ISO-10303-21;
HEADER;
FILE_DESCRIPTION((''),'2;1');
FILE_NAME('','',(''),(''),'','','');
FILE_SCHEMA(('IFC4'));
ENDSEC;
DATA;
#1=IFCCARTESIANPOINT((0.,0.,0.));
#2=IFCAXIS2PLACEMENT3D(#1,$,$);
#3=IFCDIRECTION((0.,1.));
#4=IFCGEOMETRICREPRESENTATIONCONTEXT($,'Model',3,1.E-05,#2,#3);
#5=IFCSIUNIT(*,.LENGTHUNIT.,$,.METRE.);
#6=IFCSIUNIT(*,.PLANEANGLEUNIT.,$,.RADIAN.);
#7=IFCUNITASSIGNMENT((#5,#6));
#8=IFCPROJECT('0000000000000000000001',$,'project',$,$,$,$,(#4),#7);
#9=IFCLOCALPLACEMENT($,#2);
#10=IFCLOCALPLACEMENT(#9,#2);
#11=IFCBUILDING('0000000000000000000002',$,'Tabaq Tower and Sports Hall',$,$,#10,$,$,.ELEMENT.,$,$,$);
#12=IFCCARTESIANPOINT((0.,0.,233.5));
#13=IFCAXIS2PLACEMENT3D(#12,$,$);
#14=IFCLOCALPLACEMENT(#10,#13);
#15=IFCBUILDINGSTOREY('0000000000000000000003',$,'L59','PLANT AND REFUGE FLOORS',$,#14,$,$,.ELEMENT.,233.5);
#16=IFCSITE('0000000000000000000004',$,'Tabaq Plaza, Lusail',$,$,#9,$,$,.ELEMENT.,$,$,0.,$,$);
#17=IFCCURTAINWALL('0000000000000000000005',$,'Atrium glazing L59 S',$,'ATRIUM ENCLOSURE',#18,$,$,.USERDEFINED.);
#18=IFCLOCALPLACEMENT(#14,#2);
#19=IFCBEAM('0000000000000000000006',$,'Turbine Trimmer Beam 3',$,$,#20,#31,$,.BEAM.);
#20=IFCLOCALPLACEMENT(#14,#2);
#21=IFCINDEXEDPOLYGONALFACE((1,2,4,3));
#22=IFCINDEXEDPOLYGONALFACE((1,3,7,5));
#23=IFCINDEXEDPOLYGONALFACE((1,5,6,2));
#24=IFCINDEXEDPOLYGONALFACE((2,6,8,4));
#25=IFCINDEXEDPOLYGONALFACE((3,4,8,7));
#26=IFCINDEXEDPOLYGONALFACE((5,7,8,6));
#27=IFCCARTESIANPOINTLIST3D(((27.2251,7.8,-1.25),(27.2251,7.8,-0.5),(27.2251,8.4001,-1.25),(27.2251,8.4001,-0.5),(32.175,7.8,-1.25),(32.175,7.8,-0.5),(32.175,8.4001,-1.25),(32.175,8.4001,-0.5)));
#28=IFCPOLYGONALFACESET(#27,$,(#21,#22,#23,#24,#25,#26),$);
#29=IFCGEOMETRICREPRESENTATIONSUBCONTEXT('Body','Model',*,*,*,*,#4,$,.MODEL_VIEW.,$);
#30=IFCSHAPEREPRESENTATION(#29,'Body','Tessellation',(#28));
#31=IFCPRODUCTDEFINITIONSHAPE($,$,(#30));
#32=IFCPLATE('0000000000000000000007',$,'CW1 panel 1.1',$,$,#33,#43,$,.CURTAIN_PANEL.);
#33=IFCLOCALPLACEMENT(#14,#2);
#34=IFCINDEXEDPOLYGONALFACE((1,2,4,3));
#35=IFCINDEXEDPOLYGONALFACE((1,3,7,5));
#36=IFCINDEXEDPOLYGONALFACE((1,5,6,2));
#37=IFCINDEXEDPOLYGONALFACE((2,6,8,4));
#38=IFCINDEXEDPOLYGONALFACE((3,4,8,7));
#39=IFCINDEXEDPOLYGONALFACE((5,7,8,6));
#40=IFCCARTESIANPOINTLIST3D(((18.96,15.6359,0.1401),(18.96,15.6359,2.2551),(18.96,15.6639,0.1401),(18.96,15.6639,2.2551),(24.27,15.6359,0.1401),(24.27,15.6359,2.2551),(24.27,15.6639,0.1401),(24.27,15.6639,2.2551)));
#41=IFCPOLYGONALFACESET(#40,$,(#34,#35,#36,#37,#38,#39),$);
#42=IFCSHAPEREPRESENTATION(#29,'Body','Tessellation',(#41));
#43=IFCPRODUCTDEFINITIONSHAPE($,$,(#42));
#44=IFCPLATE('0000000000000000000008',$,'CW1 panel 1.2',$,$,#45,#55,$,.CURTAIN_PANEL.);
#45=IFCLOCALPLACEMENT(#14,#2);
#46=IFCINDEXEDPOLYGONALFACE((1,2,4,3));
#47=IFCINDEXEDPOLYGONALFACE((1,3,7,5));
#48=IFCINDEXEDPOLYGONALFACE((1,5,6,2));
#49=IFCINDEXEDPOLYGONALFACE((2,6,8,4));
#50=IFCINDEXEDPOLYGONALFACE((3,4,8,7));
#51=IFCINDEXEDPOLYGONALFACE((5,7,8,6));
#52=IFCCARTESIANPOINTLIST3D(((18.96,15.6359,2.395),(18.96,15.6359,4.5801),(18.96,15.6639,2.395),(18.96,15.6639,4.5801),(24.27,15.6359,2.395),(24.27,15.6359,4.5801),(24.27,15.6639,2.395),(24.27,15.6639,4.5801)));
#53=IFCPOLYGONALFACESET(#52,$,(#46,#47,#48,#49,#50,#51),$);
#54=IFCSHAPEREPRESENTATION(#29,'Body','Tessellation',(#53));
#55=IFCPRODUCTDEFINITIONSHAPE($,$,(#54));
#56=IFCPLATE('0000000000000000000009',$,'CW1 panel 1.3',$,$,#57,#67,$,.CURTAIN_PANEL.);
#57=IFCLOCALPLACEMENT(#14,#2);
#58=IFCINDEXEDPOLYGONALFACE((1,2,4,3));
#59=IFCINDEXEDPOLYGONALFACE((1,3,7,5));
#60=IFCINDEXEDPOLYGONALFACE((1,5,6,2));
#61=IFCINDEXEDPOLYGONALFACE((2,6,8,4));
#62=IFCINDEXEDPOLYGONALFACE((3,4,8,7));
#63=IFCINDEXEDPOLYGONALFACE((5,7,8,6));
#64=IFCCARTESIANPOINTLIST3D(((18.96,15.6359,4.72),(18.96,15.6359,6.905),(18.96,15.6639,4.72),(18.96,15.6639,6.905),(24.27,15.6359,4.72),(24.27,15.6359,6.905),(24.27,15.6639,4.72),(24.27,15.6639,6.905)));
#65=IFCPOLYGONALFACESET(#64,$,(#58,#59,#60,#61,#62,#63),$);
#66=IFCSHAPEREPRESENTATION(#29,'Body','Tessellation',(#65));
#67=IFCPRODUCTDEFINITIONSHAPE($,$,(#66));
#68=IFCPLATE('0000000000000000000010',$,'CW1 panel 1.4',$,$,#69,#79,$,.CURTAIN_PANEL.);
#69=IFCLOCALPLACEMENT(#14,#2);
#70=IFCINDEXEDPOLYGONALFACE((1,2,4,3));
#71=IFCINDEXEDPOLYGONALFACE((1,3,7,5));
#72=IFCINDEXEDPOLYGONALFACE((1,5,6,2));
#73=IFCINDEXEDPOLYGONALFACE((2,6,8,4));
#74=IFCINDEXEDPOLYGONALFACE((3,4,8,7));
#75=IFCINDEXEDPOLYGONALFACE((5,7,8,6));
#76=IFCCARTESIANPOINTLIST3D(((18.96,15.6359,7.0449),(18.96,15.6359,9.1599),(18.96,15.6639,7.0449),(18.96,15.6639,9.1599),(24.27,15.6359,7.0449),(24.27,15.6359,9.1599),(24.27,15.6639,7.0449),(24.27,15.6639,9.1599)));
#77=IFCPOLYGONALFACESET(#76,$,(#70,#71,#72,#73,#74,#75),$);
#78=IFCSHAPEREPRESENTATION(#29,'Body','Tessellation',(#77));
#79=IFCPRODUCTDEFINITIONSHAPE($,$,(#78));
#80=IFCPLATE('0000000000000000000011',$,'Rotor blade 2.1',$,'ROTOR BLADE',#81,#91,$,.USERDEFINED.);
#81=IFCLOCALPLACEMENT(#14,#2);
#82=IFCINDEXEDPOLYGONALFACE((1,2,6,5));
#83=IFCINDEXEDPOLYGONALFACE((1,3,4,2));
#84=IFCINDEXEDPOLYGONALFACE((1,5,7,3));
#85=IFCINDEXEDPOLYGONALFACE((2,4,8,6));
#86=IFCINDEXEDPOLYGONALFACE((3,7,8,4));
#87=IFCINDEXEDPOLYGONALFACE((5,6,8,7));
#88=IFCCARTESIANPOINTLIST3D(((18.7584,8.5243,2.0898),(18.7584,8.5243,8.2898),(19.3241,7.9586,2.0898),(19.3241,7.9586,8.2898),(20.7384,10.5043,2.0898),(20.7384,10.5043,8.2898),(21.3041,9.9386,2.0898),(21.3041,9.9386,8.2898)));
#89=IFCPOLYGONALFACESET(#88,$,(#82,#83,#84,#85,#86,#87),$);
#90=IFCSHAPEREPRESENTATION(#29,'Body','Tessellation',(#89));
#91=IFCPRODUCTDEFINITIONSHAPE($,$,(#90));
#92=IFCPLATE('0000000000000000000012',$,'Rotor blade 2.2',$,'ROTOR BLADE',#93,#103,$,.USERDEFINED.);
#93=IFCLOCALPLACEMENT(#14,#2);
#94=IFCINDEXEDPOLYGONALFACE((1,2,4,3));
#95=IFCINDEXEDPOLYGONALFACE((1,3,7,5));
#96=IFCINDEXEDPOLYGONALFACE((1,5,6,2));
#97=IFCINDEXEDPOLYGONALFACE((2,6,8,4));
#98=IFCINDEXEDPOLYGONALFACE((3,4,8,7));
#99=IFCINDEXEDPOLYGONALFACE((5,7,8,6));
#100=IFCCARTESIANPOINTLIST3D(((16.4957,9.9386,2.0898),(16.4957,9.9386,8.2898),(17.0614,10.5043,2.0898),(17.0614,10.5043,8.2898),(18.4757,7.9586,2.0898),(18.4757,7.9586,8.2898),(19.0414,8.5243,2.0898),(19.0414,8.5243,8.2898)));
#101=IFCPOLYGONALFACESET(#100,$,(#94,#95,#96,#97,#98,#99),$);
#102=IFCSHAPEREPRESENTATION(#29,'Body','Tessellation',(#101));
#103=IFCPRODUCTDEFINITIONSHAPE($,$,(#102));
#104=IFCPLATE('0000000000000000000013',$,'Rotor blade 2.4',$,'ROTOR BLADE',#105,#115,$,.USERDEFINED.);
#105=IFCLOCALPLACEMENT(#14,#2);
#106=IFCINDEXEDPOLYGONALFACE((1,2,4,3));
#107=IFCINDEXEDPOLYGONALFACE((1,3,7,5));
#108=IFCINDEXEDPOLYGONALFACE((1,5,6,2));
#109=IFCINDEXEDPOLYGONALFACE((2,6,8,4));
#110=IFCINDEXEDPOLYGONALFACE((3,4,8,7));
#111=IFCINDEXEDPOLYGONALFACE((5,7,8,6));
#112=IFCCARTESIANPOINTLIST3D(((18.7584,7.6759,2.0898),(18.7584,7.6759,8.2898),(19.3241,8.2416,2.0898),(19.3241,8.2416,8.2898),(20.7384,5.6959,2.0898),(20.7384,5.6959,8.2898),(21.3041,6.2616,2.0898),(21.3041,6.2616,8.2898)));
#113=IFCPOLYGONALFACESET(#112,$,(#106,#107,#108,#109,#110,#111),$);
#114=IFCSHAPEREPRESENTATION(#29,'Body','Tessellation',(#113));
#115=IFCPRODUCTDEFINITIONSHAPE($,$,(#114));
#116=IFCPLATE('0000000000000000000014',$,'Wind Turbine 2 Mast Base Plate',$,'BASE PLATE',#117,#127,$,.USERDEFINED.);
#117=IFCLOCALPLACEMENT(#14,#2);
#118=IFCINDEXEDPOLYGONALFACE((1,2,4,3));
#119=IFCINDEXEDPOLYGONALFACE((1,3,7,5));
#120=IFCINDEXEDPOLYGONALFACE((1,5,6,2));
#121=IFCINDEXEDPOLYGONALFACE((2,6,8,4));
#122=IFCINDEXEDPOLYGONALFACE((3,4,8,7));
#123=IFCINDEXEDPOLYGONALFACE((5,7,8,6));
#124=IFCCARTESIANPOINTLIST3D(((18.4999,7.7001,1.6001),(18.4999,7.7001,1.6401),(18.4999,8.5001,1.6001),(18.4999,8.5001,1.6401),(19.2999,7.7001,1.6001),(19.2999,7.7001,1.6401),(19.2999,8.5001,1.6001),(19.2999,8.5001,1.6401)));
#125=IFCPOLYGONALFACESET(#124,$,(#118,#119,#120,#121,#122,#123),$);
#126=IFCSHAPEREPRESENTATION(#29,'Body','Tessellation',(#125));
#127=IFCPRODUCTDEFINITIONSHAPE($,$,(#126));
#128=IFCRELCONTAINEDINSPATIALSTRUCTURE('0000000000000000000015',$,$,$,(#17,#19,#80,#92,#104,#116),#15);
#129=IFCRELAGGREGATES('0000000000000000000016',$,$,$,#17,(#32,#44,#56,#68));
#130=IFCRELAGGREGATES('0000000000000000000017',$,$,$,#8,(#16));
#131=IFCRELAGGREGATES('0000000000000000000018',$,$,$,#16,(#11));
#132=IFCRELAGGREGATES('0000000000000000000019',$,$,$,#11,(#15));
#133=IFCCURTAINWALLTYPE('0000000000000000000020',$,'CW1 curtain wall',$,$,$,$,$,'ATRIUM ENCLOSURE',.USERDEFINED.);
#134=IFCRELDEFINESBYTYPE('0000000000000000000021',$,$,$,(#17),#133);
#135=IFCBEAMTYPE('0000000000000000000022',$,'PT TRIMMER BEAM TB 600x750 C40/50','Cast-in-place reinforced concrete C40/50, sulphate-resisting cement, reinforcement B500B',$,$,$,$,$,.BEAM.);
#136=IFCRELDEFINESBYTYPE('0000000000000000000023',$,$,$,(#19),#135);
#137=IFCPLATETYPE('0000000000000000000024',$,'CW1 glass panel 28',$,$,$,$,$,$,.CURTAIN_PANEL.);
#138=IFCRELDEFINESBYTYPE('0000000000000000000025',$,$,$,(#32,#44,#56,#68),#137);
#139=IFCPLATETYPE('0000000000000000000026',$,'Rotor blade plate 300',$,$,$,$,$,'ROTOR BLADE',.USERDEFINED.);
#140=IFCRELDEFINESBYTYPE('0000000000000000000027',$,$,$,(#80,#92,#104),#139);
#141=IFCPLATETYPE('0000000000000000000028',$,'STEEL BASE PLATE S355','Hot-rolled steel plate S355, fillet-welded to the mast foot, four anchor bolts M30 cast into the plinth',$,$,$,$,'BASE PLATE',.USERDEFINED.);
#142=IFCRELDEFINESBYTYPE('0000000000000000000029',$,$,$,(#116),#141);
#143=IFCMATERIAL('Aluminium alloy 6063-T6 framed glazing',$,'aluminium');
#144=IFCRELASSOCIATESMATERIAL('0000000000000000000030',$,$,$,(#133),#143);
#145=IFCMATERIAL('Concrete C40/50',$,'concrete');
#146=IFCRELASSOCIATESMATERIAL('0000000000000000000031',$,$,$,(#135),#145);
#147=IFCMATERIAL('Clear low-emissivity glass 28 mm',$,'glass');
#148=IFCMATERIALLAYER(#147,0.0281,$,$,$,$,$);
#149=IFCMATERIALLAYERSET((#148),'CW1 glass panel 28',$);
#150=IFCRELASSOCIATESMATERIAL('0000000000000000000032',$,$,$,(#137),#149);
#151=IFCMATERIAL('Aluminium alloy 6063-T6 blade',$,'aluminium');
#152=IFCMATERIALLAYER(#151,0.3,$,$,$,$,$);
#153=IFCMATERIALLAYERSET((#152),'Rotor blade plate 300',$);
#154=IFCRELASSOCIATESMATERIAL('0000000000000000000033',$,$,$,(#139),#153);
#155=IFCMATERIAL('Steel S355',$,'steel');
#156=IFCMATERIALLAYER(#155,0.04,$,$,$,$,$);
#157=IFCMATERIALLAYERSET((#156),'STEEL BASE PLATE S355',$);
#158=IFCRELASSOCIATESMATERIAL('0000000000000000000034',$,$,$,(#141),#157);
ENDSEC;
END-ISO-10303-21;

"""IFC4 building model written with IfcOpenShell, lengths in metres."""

from ifc_helpers import new_model, si_unit, direction, frame, origin, origin_2d, place, context, subcontext, project, spatial, rectangle, extrude, material, layer, layer_set, material_profile, profile_set, type_object, element, aggregate, save


model = new_model("IFC4")

# Units and contexts
model_context = context("Model", 3, precision=1e-05, world=origin(), true_north=direction((0.0, 1.0)))
body_context = subcontext(model_context, "Body", "Model", "MODEL_VIEW")
ifc_project = project(units=[si_unit("LENGTHUNIT", "METRE"), si_unit("PLANEANGLEUNIT", "RADIAN")], contexts=[model_context])

# Site, building, storey
site_placement = place(None, origin())
site = spatial("IfcSite", under=ifc_project, at=site_placement, Name="Tabaq Plaza, Lusail", CompositionType="ELEMENT", RefElevation=0.0)
building_placement = place(site_placement, origin())
building = spatial("IfcBuilding", under=site, at=building_placement, Name="Tabaq Tower and Sports Hall", CompositionType="ELEMENT")
storey_placement = place(building_placement, frame((0.0, 0.0, 233.5)))
storey = spatial("IfcBuildingStorey", under=building, at=storey_placement, Name="L59", Description="PLANT AND REFUGE FLOORS", CompositionType="ELEMENT", Elevation=233.5)

# Curtain wall
ifc_material_1 = material(Name="Aluminium alloy 6063-T6 framed glazing", Category="aluminium")
curtain_wall_type = type_object("IfcCurtainWallType", Name="CW1 curtain wall", ElementType="ATRIUM ENCLOSURE", PredefinedType="USERDEFINED", material=ifc_material_1)
curtain_wall_placement = place(storey_placement, origin())
curtain_wall = element("IfcCurtainWall", 1, at=curtain_wall_placement, inside=storey, type_object=curtain_wall_type, Name="Atrium glazing L59 S", ObjectType="ATRIUM ENCLOSURE", PredefinedType="USERDEFINED")

# Beam
ifc_material_2 = material(Name="Concrete C40/50", Category="concrete")
ifc_material_profile_1 = material_profile(ifc_material_2, rectangle(XDim=0.6001, YDim=0.75, at=origin_2d()), Name="TB 600x750")
ifc_profile_set_1 = profile_set([ifc_material_profile_1], Name="Concrete C40/50")
beam_type_1 = type_object("IfcBeamType", Name="PT TRIMMER BEAM TB 600x750 C40/50", Description="Cast-in-place reinforced concrete C40/50, sulphate-resisting cement, reinforcement B500B", PredefinedType="BEAM", material=ifc_profile_set_1)
beam_placement = place(storey_placement, frame((27.2251, 8.1001, -0.875), z_axis=(1.0, 0.0, 0.0), x_axis=(0.0, 1.0, 0.0)))
element("IfcBeam", 2, at=beam_placement, inside=storey, type_object=beam_type_1, Name="Turbine Trimmer Beam 3", PredefinedType="BEAM", context=body_context, shape_type="SweptSolid", body=[
    extrude(rectangle(XDim=0.6001, YDim=0.75, at=origin_2d()), origin(), (0.0, 0.0, 1.0), 4.95),
])

# Plates
ifc_material_3 = material(Name="Clear low-emissivity glass 28 mm", Category="glass")
ifc_layer_1 = layer(ifc_material_3, 0.0281)
ifc_layer_set_1 = layer_set([ifc_layer_1], Name="CW1 glass panel 28")
plate_type_1 = type_object("IfcPlateType", Name="CW1 glass panel 28", PredefinedType="CURTAIN_PANEL", material=ifc_layer_set_1)
plate_1_placement = place(storey_placement, frame((21.615, 15.6499, 0.1401), z_axis=(0.0, 0.0, 1.0), x_axis=(1.0, 0.0, 0.0)))
plate_1 = element("IfcPlate", 3, at=plate_1_placement, type_object=plate_type_1, Name="CW1 panel 1.1", PredefinedType="CURTAIN_PANEL", context=body_context, shape_type="SweptSolid", body=[
    extrude(rectangle(XDim=5.3101, YDim=0.0281, at=origin_2d()), origin(), (0.0, 0.0, 1.0), 2.115),
])
plate_2_placement = place(storey_placement, frame((21.615, 15.6499, 2.395), z_axis=(0.0, 0.0, 1.0), x_axis=(1.0, 0.0, 0.0)))
plate_2 = element("IfcPlate", 4, at=plate_2_placement, type_object=plate_type_1, Name="CW1 panel 1.2", PredefinedType="CURTAIN_PANEL", context=body_context, shape_type="SweptSolid", body=[
    extrude(rectangle(XDim=5.3101, YDim=0.0281, at=origin_2d()), origin(), (0.0, 0.0, 1.0), 2.1851),
])
plate_3_placement = place(storey_placement, frame((21.615, 15.6499, 4.72), z_axis=(0.0, 0.0, 1.0), x_axis=(1.0, 0.0, 0.0)))
plate_3 = element("IfcPlate", 5, at=plate_3_placement, type_object=plate_type_1, Name="CW1 panel 1.3", PredefinedType="CURTAIN_PANEL", context=body_context, shape_type="SweptSolid", body=[
    extrude(rectangle(XDim=5.3101, YDim=0.0281, at=origin_2d()), origin(), (0.0, 0.0, 1.0), 2.1851),
])
plate_4_placement = place(storey_placement, frame((21.615, 15.6499, 7.0449), z_axis=(0.0, 0.0, 1.0), x_axis=(1.0, 0.0, 0.0)))
plate_4 = element("IfcPlate", 6, at=plate_4_placement, type_object=plate_type_1, Name="CW1 panel 1.4", PredefinedType="CURTAIN_PANEL", context=body_context, shape_type="SweptSolid", body=[
    extrude(rectangle(XDim=5.3101, YDim=0.0281, at=origin_2d()), origin(), (0.0, 0.0, 1.0), 2.115),
])
aggregate(curtain_wall, [plate_1, plate_2, plate_3, plate_4])

# Plates
ifc_material_4 = material(Name="Aluminium alloy 6063-T6 blade", Category="aluminium")
ifc_layer_2 = layer(ifc_material_4, 0.3)
ifc_layer_set_2 = layer_set([ifc_layer_2], Name="Rotor blade plate 300")
plate_type_2 = type_object("IfcPlateType", Name="Rotor blade plate 300", ElementType="ROTOR BLADE", PredefinedType="USERDEFINED", material=ifc_layer_set_2)
for number, where, z_axis, x_axis, name in (
    (7, (20.0312, 9.2314, 2.0898), (0.0, 0.0, 1.0), (0.707107, 0.707107, 0.0), "Rotor blade 2.1"),
    (8, (17.7686, 9.2314, 2.0898), (0.0, 0.0, 1.0), (-0.707107, 0.707107, 0.0), "Rotor blade 2.2"),
    (9, (20.0312, 6.9688, 2.0898), (0.0, 0.0, 1.0), (0.707107, -0.707107, 0.0), "Rotor blade 2.4"),
):
    element("IfcPlate", number, at=place(storey_placement, frame(where, z_axis=z_axis, x_axis=x_axis)), inside=storey, type_object=plate_type_2, Name=name, ObjectType="ROTOR BLADE", PredefinedType="USERDEFINED", context=body_context, shape_type="SweptSolid", body=[
        extrude(rectangle(XDim=2.8, YDim=0.8, at=origin_2d()), origin(), (0.0, 0.0, 1.0), 6.2),
    ])
ifc_material_5 = material(Name="Steel S355", Category="steel")
ifc_layer_3 = layer(ifc_material_5, 0.04)
ifc_layer_set_3 = layer_set([ifc_layer_3], Name="STEEL BASE PLATE S355")
plate_type_3 = type_object("IfcPlateType", Name="STEEL BASE PLATE S355", Description="Hot-rolled steel plate S355, fillet-welded to the mast foot, four anchor bolts M30 cast into the plinth", ElementType="BASE PLATE", PredefinedType="USERDEFINED", material=ifc_layer_set_3)
plate_5_placement = place(storey_placement, frame((18.8999, 8.1001, 1.6001), z_axis=(0.0, 0.0, 1.0), x_axis=(1.0, 0.0, 0.0)))
element("IfcPlate", 10, at=plate_5_placement, inside=storey, type_object=plate_type_3, Name="Wind Turbine 2 Mast Base Plate", ObjectType="BASE PLATE", PredefinedType="USERDEFINED", context=body_context, shape_type="SweptSolid", body=[
    extrude(rectangle(XDim=0.8, YDim=0.8, at=origin_2d()), origin(), (0.0, 0.0, 1.0), 0.04),
])

save(model, "model.ifc")
